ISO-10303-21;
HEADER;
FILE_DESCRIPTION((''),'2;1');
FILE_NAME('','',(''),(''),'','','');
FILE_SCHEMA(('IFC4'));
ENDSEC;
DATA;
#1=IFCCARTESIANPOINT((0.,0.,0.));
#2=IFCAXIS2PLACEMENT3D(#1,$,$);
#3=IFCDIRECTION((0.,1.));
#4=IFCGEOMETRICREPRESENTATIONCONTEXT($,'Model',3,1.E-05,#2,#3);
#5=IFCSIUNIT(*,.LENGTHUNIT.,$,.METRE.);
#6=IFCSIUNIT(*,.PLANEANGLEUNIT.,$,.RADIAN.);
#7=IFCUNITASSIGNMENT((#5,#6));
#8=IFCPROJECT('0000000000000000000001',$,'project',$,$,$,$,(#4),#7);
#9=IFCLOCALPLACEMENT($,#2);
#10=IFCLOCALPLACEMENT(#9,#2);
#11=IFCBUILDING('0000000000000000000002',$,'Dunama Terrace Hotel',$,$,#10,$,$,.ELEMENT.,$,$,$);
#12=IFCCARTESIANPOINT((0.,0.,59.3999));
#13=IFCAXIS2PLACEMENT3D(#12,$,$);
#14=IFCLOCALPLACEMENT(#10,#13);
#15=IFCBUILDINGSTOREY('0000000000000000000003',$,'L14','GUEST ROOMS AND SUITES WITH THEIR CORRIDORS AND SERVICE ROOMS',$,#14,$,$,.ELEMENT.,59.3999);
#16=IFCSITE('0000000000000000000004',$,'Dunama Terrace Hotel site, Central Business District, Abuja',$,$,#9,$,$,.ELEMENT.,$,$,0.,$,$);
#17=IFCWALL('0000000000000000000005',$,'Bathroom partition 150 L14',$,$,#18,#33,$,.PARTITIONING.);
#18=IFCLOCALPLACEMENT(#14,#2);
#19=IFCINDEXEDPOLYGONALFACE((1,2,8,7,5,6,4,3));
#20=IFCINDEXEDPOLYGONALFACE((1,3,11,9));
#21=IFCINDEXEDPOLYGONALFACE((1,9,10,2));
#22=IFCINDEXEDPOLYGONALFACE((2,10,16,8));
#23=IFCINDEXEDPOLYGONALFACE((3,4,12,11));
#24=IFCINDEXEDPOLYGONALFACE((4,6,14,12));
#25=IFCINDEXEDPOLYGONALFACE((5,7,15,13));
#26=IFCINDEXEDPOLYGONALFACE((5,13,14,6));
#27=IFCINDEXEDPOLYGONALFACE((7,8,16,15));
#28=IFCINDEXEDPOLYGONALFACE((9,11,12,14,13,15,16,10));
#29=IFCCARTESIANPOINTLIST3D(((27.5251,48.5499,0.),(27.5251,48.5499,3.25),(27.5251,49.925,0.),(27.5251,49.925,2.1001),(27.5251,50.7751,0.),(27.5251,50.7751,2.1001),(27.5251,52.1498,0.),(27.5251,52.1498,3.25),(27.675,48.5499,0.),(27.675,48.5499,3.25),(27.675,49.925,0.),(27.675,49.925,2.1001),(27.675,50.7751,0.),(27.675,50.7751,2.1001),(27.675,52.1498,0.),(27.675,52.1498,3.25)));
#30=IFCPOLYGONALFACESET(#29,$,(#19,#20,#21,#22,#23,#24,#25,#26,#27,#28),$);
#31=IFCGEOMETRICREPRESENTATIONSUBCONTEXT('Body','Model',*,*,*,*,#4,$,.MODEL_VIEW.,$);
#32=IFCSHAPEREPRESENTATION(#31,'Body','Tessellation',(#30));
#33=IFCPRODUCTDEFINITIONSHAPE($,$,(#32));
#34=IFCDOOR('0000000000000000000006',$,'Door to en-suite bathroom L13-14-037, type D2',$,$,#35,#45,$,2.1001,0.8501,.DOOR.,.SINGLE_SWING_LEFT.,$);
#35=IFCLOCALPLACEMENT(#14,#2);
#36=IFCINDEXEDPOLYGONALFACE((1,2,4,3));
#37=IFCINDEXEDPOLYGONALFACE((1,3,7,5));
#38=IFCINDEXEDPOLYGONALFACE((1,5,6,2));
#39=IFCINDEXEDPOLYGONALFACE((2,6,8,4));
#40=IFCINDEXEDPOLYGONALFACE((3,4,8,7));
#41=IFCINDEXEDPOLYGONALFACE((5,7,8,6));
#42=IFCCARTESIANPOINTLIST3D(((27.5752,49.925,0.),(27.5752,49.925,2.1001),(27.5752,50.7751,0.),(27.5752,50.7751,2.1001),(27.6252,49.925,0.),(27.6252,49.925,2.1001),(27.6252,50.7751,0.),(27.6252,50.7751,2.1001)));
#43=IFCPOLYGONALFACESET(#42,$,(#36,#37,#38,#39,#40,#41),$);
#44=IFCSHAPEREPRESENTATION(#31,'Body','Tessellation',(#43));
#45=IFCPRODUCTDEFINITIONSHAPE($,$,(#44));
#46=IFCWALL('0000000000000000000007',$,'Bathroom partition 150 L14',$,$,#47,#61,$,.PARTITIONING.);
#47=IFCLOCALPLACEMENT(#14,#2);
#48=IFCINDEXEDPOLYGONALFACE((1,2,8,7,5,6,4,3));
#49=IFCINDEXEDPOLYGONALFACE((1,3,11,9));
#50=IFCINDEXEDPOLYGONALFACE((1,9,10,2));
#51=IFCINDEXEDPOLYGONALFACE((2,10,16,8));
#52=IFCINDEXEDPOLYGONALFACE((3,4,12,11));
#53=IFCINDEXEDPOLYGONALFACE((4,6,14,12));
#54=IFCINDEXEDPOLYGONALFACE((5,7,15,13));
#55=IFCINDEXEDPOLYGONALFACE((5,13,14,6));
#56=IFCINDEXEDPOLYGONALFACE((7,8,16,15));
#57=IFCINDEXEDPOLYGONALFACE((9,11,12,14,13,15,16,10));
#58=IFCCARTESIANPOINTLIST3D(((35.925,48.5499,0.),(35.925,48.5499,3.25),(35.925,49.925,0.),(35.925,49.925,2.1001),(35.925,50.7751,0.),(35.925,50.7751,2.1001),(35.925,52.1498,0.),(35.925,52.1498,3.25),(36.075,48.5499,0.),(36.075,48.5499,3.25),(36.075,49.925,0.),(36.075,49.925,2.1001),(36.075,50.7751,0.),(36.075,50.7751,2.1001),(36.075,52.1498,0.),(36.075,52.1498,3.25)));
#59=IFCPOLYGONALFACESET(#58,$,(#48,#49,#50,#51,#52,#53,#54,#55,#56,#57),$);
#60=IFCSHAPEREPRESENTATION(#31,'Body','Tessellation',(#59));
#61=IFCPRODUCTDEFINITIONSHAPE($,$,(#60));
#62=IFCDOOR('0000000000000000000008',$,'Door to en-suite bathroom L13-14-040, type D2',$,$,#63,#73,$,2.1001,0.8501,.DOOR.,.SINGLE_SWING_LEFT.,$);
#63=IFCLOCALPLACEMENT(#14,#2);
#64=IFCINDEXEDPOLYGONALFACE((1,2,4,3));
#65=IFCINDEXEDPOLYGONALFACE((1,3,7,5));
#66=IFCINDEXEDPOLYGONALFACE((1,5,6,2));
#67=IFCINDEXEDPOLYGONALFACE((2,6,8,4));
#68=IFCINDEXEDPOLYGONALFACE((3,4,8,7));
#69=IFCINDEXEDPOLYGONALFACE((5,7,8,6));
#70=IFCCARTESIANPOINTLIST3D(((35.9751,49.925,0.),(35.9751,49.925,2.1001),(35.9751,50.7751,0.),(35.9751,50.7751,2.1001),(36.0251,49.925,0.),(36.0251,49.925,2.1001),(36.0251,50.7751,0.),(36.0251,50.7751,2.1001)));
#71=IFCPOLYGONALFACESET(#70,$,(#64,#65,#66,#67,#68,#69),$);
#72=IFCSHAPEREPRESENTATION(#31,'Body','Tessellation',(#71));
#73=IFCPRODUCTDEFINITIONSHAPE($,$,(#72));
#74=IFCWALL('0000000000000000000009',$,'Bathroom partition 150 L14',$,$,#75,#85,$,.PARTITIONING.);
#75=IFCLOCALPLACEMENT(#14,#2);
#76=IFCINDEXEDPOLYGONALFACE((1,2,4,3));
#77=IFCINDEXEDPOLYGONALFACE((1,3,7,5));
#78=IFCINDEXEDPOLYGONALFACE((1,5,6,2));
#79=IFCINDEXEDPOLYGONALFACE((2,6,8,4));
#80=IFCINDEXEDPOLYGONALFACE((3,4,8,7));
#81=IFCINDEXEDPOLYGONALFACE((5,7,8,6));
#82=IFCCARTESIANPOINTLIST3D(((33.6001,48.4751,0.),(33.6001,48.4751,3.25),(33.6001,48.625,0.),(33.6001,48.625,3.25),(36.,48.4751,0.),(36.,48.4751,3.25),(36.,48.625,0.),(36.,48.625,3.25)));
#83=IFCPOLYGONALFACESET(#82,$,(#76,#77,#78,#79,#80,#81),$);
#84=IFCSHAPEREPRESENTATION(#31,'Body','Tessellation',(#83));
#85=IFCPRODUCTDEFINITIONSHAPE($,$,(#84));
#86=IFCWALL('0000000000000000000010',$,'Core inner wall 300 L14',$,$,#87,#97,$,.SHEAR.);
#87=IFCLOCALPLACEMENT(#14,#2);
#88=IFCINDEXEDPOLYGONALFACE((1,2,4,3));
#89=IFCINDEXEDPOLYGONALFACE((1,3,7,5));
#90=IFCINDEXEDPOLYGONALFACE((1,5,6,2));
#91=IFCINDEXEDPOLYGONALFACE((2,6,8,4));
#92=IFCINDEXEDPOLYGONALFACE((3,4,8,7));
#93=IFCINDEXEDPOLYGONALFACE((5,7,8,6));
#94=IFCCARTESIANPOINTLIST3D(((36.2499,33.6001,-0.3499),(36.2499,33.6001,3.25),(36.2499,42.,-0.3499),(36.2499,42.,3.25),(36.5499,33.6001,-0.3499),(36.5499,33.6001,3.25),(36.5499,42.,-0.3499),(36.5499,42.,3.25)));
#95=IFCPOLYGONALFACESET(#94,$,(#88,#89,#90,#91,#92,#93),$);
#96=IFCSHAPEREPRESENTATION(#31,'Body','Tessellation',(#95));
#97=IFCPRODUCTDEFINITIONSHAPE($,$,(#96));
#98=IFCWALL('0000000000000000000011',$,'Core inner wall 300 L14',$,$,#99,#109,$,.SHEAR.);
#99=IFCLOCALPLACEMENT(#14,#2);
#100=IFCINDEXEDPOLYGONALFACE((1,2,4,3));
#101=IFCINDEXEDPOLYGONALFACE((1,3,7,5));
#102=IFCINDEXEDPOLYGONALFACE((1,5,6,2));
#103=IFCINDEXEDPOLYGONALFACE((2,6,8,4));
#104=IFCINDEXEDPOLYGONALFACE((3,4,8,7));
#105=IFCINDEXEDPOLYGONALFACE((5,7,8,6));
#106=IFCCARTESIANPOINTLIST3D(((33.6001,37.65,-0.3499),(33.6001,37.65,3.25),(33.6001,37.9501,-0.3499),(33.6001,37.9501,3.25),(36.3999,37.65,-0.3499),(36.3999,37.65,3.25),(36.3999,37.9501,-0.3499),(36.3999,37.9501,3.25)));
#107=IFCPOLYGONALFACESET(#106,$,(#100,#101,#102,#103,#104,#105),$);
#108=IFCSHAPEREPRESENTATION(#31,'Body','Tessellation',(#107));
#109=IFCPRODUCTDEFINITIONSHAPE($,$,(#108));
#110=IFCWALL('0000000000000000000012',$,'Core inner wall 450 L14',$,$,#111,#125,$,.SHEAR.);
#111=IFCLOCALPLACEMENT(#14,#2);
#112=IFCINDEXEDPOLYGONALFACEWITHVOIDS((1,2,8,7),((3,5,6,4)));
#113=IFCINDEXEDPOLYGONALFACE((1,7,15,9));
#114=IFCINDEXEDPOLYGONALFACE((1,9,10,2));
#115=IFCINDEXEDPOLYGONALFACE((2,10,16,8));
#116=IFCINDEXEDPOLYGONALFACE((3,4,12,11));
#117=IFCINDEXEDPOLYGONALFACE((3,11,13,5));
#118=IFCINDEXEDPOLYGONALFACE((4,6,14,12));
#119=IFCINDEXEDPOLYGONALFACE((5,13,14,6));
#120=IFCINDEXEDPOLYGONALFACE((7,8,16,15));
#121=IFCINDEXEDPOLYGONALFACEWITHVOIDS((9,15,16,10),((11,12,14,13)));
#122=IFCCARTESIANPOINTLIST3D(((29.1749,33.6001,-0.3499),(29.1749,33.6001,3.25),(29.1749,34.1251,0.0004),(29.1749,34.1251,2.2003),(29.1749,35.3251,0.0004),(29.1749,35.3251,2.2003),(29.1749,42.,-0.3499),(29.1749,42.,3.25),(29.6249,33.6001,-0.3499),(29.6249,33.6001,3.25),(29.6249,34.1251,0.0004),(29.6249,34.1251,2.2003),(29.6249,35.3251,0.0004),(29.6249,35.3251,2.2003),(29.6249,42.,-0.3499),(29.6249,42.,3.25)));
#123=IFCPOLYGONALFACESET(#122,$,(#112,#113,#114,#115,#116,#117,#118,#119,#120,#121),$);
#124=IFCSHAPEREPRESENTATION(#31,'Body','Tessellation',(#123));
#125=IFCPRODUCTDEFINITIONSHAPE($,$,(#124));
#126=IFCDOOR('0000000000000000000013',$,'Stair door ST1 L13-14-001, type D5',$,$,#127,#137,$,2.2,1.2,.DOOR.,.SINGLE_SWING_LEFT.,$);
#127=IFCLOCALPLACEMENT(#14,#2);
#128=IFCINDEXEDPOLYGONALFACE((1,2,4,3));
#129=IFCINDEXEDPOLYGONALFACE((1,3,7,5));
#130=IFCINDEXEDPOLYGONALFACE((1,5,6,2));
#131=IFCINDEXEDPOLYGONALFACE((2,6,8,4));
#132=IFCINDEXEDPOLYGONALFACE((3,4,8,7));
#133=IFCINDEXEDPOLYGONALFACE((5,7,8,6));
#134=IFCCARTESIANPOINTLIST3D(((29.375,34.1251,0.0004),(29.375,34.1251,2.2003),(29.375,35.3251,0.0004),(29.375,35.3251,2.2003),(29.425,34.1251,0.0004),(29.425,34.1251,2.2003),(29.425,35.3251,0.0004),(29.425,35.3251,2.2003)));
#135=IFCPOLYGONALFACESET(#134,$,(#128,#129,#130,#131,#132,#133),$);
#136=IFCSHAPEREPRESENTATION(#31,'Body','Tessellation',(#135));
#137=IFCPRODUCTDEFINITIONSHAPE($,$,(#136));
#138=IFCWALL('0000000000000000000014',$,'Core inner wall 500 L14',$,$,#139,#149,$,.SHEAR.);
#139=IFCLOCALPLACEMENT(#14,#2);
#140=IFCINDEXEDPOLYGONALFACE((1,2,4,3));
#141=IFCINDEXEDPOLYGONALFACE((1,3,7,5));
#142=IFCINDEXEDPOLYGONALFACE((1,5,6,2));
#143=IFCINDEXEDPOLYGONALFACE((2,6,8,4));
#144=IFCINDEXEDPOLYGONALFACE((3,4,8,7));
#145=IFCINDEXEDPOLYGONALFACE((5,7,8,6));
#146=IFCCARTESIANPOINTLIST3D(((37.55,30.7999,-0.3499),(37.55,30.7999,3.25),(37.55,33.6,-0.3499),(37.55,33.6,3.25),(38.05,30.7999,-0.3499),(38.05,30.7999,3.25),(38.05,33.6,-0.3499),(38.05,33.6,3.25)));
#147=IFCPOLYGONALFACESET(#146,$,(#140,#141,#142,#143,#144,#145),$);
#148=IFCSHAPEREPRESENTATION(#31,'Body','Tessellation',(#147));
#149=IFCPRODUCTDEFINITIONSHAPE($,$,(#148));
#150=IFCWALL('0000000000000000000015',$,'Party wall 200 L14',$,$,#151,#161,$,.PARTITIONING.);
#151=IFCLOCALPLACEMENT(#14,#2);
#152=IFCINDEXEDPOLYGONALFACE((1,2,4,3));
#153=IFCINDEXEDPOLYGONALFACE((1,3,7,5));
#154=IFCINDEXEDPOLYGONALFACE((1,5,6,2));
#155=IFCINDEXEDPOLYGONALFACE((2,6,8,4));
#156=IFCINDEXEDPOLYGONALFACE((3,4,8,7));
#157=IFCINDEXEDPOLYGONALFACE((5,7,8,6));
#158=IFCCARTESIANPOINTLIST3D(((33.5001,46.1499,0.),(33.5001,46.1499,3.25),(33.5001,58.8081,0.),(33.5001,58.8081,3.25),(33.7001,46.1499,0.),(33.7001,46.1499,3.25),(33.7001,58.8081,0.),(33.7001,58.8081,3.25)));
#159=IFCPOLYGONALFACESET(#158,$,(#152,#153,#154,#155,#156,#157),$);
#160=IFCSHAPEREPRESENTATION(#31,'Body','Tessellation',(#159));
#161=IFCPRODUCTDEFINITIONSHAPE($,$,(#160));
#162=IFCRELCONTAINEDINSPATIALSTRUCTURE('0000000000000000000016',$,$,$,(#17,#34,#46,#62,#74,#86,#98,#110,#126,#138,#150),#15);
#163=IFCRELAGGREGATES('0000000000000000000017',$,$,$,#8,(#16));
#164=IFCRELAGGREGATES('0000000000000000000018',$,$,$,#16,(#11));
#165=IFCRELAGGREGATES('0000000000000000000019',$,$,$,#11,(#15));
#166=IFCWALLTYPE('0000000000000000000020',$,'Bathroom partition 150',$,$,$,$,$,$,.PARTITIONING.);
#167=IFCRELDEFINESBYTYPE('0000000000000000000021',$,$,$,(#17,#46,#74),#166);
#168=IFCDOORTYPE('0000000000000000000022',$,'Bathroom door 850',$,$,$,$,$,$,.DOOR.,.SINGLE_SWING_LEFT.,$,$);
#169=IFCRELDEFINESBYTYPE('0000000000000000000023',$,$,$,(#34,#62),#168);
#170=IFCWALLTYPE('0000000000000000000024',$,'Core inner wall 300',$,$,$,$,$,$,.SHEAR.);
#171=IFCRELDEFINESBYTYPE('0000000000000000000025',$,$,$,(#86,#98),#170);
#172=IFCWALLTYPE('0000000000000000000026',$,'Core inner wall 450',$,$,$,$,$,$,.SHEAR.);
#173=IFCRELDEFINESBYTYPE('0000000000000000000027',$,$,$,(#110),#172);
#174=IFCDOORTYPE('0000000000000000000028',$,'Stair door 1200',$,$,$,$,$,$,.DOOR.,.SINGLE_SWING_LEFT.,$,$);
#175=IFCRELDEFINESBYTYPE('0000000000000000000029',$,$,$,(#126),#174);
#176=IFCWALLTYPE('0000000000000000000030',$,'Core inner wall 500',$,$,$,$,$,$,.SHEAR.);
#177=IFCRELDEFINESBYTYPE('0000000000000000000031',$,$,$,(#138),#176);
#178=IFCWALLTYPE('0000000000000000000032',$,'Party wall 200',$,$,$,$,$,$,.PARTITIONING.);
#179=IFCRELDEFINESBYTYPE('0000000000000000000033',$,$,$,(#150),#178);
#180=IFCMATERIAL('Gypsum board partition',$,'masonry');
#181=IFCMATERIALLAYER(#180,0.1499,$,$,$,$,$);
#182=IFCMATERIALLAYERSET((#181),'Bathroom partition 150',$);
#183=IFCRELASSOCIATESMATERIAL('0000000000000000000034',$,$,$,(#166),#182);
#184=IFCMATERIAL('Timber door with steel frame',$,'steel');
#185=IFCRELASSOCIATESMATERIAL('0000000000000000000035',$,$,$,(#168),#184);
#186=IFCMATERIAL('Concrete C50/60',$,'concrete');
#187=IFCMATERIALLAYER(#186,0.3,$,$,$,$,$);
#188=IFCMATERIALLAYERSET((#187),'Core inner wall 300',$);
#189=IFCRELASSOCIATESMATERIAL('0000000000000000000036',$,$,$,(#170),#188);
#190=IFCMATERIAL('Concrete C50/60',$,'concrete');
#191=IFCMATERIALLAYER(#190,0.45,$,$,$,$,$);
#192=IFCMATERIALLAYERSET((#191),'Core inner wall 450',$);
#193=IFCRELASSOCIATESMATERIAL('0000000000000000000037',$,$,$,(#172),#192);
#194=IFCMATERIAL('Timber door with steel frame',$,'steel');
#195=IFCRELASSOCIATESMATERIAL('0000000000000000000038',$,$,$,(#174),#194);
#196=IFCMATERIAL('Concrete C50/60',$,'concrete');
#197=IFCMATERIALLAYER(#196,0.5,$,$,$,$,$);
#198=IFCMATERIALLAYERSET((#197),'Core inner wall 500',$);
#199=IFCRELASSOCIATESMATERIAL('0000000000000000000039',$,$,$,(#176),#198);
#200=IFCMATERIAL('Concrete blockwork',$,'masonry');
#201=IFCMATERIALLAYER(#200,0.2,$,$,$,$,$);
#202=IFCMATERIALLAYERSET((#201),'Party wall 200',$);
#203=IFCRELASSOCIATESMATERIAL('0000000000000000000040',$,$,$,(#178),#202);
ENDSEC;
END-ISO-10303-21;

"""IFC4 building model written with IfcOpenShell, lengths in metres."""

from ifc_helpers import new_model, si_unit, direction, frame, frame_2d, origin, place, context, subcontext, project, spatial, rectangle, extrude, material, layer, layer_set, type_object, element, fill, save


model = new_model("IFC4")

# Units and contexts
model_context = context("Model", 3, precision=1e-05, world=origin(), true_north=direction((0.0, 1.0)))
body_context = subcontext(model_context, "Body", "Model", "MODEL_VIEW")
ifc_project = project(units=[si_unit("LENGTHUNIT", "METRE"), si_unit("PLANEANGLEUNIT", "RADIAN")], contexts=[model_context])

# Site, building, storey
site_placement = place(None, origin())
site = spatial("IfcSite", under=ifc_project, at=site_placement, Name="Dunama Terrace Hotel site, Central Business District, Abuja", CompositionType="ELEMENT", RefElevation=0.0)
building_placement = place(site_placement, origin())
building = spatial("IfcBuilding", under=site, at=building_placement, Name="Dunama Terrace Hotel", CompositionType="ELEMENT")
storey_placement = place(building_placement, frame((0.0, 0.0, 59.3999)))
storey = spatial("IfcBuildingStorey", under=building, at=storey_placement, Name="L14", Description="GUEST ROOMS AND SUITES WITH THEIR CORRIDORS AND SERVICE ROOMS", CompositionType="ELEMENT", Elevation=59.3999)

# Walls, openings, doors
ifc_material_1 = material(Name="Gypsum board partition", Category="masonry")
ifc_layer_1 = layer(ifc_material_1, 0.1499)
ifc_layer_set_1 = layer_set([ifc_layer_1], Name="Bathroom partition 150")
wall_type_1 = type_object("IfcWallType", Name="Bathroom partition 150", PredefinedType="PARTITIONING", material=ifc_layer_set_1)
wall_1_placement = place(storey_placement, frame((27.6001, 48.55, 0.0), z_axis=(0.0, 0.0, 1.0), x_axis=(0.0, 1.0, 0.0)))
wall_1 = element("IfcWall", 1, at=wall_1_placement, inside=storey, type_object=wall_type_1, Name="Bathroom partition 150 L14", PredefinedType="PARTITIONING", context=body_context, shape_type="SweptSolid", body=[
    extrude(rectangle(XDim=3.5999, YDim=0.1499, at=frame_2d((1.7998, 0.0))), origin(), (0.0, 0.0, 1.0), 3.25),
])
opening_1_placement = place(wall_1_placement, frame((1.375, 0.0, 0.0)))
opening_1 = element("IfcOpeningElement", 2, at=opening_1_placement, cuts=wall_1, PredefinedType="OPENING", context=body_context, shape_type="SweptSolid", body=[
    extrude(rectangle(XDim=0.8501, YDim=2.1001, at=frame_2d((0.425, 1.05))), frame((0.0, 0.085, 0.0), z_axis=(0.0, -1.0, 0.0), x_axis=(1.0, 0.0, 0.0)), (0.0, 0.0, 1.0), 0.1699),
])
ifc_material_2 = material(Name="Timber door with steel frame", Category="steel")
door_type_1 = type_object("IfcDoorType", Name="Bathroom door 850", OperationType="SINGLE_SWING_LEFT", PredefinedType="DOOR", material=ifc_material_2)
door_1_placement = place(opening_1_placement, origin())
door_1 = element("IfcDoor", 3, at=door_1_placement, inside=storey, type_object=door_type_1, Name="Door to en-suite bathroom L13-14-037, type D2", OperationType="SINGLE_SWING_LEFT", OverallHeight=2.1001, OverallWidth=0.8501, PredefinedType="DOOR", context=body_context, shape_type="SweptSolid", body=[
    extrude(rectangle(XDim=0.8501, YDim=2.1001, at=frame_2d((0.425, 1.05))), frame((0.0, 0.0249, 0.0), z_axis=(0.0, -1.0, 0.0), x_axis=(1.0, 0.0, 0.0)), (0.0, 0.0, 1.0), 0.05),
])
fill(opening_1, door_1)
wall_2_placement = place(storey_placement, frame((36.0, 48.55, 0.0), z_axis=(0.0, 0.0, 1.0), x_axis=(0.0, 1.0, 0.0)))
wall_2 = element("IfcWall", 4, at=wall_2_placement, inside=storey, type_object=wall_type_1, Name="Bathroom partition 150 L14", PredefinedType="PARTITIONING", context=body_context, shape_type="SweptSolid", body=[
    extrude(rectangle(XDim=3.5999, YDim=0.1499, at=frame_2d((1.7998, 0.0))), origin(), (0.0, 0.0, 1.0), 3.25),
])
opening_2_placement = place(wall_2_placement, frame((1.375, 0.0, 0.0)))
opening_2 = element("IfcOpeningElement", 5, at=opening_2_placement, cuts=wall_2, PredefinedType="OPENING", context=body_context, shape_type="SweptSolid", body=[
    extrude(rectangle(XDim=0.8501, YDim=2.1001, at=frame_2d((0.425, 1.05))), frame((0.0, 0.085, 0.0), z_axis=(0.0, -1.0, 0.0), x_axis=(1.0, 0.0, 0.0)), (0.0, 0.0, 1.0), 0.1699),
])
door_2_placement = place(opening_2_placement, origin())
door_2 = element("IfcDoor", 6, at=door_2_placement, inside=storey, type_object=door_type_1, Name="Door to en-suite bathroom L13-14-040, type D2", OperationType="SINGLE_SWING_LEFT", OverallHeight=2.1001, OverallWidth=0.8501, PredefinedType="DOOR", context=body_context, shape_type="SweptSolid", body=[
    extrude(rectangle(XDim=0.8501, YDim=2.1001, at=frame_2d((0.425, 1.05))), frame((0.0, 0.0249, 0.0), z_axis=(0.0, -1.0, 0.0), x_axis=(1.0, 0.0, 0.0)), (0.0, 0.0, 1.0), 0.05),
])
fill(opening_2, door_2)

# Walls
wall_3_placement = place(storey_placement, frame((33.6001, 48.55, 0.0), z_axis=(0.0, 0.0, 1.0), x_axis=(1.0, 0.0, 0.0)))
element("IfcWall", 7, at=wall_3_placement, inside=storey, type_object=wall_type_1, Name="Bathroom partition 150 L14", PredefinedType="PARTITIONING", context=body_context, shape_type="SweptSolid", body=[
    extrude(rectangle(XDim=2.3999, YDim=0.1499, at=frame_2d((1.2, 0.0))), origin(), (0.0, 0.0, 1.0), 3.25),
])
ifc_material_3 = material(Name="Concrete C50/60", Category="concrete")
ifc_layer_2 = layer(ifc_material_3, 0.3)
ifc_layer_set_2 = layer_set([ifc_layer_2], Name="Core inner wall 300")
wall_type_2 = type_object("IfcWallType", Name="Core inner wall 300", PredefinedType="SHEAR", material=ifc_layer_set_2)
wall_4_placement = place(storey_placement, frame((36.3999, 33.6001, -0.3499), z_axis=(0.0, 0.0, 1.0), x_axis=(0.0, 1.0, 0.0)))
element("IfcWall", 8, at=wall_4_placement, inside=storey, type_object=wall_type_2, Name="Core inner wall 300 L14", PredefinedType="SHEAR", context=body_context, shape_type="SweptSolid", body=[
    extrude(rectangle(XDim=8.3999, YDim=0.3, at=frame_2d((4.2, 0.0))), origin(), (0.0, 0.0, 1.0), 3.5999),
])
wall_5_placement = place(storey_placement, frame((33.6001, 37.8, -0.3499), z_axis=(0.0, 0.0, 1.0), x_axis=(1.0, 0.0, 0.0)))
element("IfcWall", 9, at=wall_5_placement, inside=storey, type_object=wall_type_2, Name="Core inner wall 300 L14", PredefinedType="SHEAR", context=body_context, shape_type="SweptSolid", body=[
    extrude(rectangle(XDim=2.7998, YDim=0.3, at=frame_2d((1.3999, 0.0))), origin(), (0.0, 0.0, 1.0), 3.5999),
])

# Wall, opening, door
ifc_material_4 = material(Name="Concrete C50/60", Category="concrete")
ifc_layer_3 = layer(ifc_material_4, 0.45)
ifc_layer_set_3 = layer_set([ifc_layer_3], Name="Core inner wall 450")
wall_type_3 = type_object("IfcWallType", Name="Core inner wall 450", PredefinedType="SHEAR", material=ifc_layer_set_3)
wall_6_placement = place(storey_placement, frame((29.3999, 33.6001, -0.3499), z_axis=(0.0, 0.0, 1.0), x_axis=(0.0, 1.0, 0.0)))
wall_6 = element("IfcWall", 10, at=wall_6_placement, inside=storey, type_object=wall_type_3, Name="Core inner wall 450 L14", PredefinedType="SHEAR", context=body_context, shape_type="SweptSolid", body=[
    extrude(rectangle(XDim=8.3999, YDim=0.45, at=frame_2d((4.2, 0.0))), origin(), (0.0, 0.0, 1.0), 3.5999),
])
opening_3_placement = place(wall_6_placement, frame((0.5249, 0.0, 0.3501)))
opening_3 = element("IfcOpeningElement", 11, at=opening_3_placement, cuts=wall_6, PredefinedType="OPENING", context=body_context, shape_type="SweptSolid", body=[
    extrude(rectangle(XDim=1.2, YDim=2.2, at=frame_2d((0.6001, 1.1001))), frame((0.0, 0.2349, 0.0), z_axis=(0.0, -1.0, 0.0), x_axis=(1.0, 0.0, 0.0)), (0.0, 0.0, 1.0), 0.47),
])
ifc_material_5 = material(Name="Timber door with steel frame", Category="steel")
door_type_2 = type_object("IfcDoorType", Name="Stair door 1200", OperationType="SINGLE_SWING_LEFT", PredefinedType="DOOR", material=ifc_material_5)
door_3_placement = place(opening_3_placement, origin())
door_3 = element("IfcDoor", 12, at=door_3_placement, inside=storey, type_object=door_type_2, Name="Stair door ST1 L13-14-001, type D5", OperationType="SINGLE_SWING_LEFT", OverallHeight=2.2, OverallWidth=1.2, PredefinedType="DOOR", context=body_context, shape_type="SweptSolid", body=[
    extrude(rectangle(XDim=1.2, YDim=2.2, at=frame_2d((0.6001, 1.1001))), frame((0.0, 0.0249, 0.0), z_axis=(0.0, -1.0, 0.0), x_axis=(1.0, 0.0, 0.0)), (0.0, 0.0, 1.0), 0.05),
])
fill(opening_3, door_3)

# Walls
ifc_material_6 = material(Name="Concrete C50/60", Category="concrete")
ifc_layer_4 = layer(ifc_material_6, 0.5)
ifc_layer_set_4 = layer_set([ifc_layer_4], Name="Core inner wall 500")
wall_type_4 = type_object("IfcWallType", Name="Core inner wall 500", PredefinedType="SHEAR", material=ifc_layer_set_4)
wall_7_placement = place(storey_placement, frame((37.8, 30.8, -0.3499), z_axis=(0.0, 0.0, 1.0), x_axis=(0.0, 1.0, 0.0)))
element("IfcWall", 13, at=wall_7_placement, inside=storey, type_object=wall_type_4, Name="Core inner wall 500 L14", PredefinedType="SHEAR", context=body_context, shape_type="SweptSolid", body=[
    extrude(rectangle(XDim=2.8, YDim=0.5, at=frame_2d((1.3999, 0.0))), origin(), (0.0, 0.0, 1.0), 3.5999),
])
ifc_material_7 = material(Name="Concrete blockwork", Category="masonry")
ifc_layer_5 = layer(ifc_material_7, 0.2)
ifc_layer_set_5 = layer_set([ifc_layer_5], Name="Party wall 200")
wall_type_5 = type_object("IfcWallType", Name="Party wall 200", PredefinedType="PARTITIONING", material=ifc_layer_set_5)
wall_8_placement = place(storey_placement, frame((33.6001, 46.1499, 0.0), z_axis=(0.0, 0.0, 1.0), x_axis=(0.0, 1.0, 0.0)))
element("IfcWall", 14, at=wall_8_placement, inside=storey, type_object=wall_type_5, Name="Party wall 200 L14", PredefinedType="PARTITIONING", context=body_context, shape_type="SweptSolid", body=[
    extrude(rectangle(XDim=12.6582, YDim=0.2, at=frame_2d((6.3291, 0.0))), origin(), (0.0, 0.0, 1.0), 3.25),
])

save(model, "model.ifc")
